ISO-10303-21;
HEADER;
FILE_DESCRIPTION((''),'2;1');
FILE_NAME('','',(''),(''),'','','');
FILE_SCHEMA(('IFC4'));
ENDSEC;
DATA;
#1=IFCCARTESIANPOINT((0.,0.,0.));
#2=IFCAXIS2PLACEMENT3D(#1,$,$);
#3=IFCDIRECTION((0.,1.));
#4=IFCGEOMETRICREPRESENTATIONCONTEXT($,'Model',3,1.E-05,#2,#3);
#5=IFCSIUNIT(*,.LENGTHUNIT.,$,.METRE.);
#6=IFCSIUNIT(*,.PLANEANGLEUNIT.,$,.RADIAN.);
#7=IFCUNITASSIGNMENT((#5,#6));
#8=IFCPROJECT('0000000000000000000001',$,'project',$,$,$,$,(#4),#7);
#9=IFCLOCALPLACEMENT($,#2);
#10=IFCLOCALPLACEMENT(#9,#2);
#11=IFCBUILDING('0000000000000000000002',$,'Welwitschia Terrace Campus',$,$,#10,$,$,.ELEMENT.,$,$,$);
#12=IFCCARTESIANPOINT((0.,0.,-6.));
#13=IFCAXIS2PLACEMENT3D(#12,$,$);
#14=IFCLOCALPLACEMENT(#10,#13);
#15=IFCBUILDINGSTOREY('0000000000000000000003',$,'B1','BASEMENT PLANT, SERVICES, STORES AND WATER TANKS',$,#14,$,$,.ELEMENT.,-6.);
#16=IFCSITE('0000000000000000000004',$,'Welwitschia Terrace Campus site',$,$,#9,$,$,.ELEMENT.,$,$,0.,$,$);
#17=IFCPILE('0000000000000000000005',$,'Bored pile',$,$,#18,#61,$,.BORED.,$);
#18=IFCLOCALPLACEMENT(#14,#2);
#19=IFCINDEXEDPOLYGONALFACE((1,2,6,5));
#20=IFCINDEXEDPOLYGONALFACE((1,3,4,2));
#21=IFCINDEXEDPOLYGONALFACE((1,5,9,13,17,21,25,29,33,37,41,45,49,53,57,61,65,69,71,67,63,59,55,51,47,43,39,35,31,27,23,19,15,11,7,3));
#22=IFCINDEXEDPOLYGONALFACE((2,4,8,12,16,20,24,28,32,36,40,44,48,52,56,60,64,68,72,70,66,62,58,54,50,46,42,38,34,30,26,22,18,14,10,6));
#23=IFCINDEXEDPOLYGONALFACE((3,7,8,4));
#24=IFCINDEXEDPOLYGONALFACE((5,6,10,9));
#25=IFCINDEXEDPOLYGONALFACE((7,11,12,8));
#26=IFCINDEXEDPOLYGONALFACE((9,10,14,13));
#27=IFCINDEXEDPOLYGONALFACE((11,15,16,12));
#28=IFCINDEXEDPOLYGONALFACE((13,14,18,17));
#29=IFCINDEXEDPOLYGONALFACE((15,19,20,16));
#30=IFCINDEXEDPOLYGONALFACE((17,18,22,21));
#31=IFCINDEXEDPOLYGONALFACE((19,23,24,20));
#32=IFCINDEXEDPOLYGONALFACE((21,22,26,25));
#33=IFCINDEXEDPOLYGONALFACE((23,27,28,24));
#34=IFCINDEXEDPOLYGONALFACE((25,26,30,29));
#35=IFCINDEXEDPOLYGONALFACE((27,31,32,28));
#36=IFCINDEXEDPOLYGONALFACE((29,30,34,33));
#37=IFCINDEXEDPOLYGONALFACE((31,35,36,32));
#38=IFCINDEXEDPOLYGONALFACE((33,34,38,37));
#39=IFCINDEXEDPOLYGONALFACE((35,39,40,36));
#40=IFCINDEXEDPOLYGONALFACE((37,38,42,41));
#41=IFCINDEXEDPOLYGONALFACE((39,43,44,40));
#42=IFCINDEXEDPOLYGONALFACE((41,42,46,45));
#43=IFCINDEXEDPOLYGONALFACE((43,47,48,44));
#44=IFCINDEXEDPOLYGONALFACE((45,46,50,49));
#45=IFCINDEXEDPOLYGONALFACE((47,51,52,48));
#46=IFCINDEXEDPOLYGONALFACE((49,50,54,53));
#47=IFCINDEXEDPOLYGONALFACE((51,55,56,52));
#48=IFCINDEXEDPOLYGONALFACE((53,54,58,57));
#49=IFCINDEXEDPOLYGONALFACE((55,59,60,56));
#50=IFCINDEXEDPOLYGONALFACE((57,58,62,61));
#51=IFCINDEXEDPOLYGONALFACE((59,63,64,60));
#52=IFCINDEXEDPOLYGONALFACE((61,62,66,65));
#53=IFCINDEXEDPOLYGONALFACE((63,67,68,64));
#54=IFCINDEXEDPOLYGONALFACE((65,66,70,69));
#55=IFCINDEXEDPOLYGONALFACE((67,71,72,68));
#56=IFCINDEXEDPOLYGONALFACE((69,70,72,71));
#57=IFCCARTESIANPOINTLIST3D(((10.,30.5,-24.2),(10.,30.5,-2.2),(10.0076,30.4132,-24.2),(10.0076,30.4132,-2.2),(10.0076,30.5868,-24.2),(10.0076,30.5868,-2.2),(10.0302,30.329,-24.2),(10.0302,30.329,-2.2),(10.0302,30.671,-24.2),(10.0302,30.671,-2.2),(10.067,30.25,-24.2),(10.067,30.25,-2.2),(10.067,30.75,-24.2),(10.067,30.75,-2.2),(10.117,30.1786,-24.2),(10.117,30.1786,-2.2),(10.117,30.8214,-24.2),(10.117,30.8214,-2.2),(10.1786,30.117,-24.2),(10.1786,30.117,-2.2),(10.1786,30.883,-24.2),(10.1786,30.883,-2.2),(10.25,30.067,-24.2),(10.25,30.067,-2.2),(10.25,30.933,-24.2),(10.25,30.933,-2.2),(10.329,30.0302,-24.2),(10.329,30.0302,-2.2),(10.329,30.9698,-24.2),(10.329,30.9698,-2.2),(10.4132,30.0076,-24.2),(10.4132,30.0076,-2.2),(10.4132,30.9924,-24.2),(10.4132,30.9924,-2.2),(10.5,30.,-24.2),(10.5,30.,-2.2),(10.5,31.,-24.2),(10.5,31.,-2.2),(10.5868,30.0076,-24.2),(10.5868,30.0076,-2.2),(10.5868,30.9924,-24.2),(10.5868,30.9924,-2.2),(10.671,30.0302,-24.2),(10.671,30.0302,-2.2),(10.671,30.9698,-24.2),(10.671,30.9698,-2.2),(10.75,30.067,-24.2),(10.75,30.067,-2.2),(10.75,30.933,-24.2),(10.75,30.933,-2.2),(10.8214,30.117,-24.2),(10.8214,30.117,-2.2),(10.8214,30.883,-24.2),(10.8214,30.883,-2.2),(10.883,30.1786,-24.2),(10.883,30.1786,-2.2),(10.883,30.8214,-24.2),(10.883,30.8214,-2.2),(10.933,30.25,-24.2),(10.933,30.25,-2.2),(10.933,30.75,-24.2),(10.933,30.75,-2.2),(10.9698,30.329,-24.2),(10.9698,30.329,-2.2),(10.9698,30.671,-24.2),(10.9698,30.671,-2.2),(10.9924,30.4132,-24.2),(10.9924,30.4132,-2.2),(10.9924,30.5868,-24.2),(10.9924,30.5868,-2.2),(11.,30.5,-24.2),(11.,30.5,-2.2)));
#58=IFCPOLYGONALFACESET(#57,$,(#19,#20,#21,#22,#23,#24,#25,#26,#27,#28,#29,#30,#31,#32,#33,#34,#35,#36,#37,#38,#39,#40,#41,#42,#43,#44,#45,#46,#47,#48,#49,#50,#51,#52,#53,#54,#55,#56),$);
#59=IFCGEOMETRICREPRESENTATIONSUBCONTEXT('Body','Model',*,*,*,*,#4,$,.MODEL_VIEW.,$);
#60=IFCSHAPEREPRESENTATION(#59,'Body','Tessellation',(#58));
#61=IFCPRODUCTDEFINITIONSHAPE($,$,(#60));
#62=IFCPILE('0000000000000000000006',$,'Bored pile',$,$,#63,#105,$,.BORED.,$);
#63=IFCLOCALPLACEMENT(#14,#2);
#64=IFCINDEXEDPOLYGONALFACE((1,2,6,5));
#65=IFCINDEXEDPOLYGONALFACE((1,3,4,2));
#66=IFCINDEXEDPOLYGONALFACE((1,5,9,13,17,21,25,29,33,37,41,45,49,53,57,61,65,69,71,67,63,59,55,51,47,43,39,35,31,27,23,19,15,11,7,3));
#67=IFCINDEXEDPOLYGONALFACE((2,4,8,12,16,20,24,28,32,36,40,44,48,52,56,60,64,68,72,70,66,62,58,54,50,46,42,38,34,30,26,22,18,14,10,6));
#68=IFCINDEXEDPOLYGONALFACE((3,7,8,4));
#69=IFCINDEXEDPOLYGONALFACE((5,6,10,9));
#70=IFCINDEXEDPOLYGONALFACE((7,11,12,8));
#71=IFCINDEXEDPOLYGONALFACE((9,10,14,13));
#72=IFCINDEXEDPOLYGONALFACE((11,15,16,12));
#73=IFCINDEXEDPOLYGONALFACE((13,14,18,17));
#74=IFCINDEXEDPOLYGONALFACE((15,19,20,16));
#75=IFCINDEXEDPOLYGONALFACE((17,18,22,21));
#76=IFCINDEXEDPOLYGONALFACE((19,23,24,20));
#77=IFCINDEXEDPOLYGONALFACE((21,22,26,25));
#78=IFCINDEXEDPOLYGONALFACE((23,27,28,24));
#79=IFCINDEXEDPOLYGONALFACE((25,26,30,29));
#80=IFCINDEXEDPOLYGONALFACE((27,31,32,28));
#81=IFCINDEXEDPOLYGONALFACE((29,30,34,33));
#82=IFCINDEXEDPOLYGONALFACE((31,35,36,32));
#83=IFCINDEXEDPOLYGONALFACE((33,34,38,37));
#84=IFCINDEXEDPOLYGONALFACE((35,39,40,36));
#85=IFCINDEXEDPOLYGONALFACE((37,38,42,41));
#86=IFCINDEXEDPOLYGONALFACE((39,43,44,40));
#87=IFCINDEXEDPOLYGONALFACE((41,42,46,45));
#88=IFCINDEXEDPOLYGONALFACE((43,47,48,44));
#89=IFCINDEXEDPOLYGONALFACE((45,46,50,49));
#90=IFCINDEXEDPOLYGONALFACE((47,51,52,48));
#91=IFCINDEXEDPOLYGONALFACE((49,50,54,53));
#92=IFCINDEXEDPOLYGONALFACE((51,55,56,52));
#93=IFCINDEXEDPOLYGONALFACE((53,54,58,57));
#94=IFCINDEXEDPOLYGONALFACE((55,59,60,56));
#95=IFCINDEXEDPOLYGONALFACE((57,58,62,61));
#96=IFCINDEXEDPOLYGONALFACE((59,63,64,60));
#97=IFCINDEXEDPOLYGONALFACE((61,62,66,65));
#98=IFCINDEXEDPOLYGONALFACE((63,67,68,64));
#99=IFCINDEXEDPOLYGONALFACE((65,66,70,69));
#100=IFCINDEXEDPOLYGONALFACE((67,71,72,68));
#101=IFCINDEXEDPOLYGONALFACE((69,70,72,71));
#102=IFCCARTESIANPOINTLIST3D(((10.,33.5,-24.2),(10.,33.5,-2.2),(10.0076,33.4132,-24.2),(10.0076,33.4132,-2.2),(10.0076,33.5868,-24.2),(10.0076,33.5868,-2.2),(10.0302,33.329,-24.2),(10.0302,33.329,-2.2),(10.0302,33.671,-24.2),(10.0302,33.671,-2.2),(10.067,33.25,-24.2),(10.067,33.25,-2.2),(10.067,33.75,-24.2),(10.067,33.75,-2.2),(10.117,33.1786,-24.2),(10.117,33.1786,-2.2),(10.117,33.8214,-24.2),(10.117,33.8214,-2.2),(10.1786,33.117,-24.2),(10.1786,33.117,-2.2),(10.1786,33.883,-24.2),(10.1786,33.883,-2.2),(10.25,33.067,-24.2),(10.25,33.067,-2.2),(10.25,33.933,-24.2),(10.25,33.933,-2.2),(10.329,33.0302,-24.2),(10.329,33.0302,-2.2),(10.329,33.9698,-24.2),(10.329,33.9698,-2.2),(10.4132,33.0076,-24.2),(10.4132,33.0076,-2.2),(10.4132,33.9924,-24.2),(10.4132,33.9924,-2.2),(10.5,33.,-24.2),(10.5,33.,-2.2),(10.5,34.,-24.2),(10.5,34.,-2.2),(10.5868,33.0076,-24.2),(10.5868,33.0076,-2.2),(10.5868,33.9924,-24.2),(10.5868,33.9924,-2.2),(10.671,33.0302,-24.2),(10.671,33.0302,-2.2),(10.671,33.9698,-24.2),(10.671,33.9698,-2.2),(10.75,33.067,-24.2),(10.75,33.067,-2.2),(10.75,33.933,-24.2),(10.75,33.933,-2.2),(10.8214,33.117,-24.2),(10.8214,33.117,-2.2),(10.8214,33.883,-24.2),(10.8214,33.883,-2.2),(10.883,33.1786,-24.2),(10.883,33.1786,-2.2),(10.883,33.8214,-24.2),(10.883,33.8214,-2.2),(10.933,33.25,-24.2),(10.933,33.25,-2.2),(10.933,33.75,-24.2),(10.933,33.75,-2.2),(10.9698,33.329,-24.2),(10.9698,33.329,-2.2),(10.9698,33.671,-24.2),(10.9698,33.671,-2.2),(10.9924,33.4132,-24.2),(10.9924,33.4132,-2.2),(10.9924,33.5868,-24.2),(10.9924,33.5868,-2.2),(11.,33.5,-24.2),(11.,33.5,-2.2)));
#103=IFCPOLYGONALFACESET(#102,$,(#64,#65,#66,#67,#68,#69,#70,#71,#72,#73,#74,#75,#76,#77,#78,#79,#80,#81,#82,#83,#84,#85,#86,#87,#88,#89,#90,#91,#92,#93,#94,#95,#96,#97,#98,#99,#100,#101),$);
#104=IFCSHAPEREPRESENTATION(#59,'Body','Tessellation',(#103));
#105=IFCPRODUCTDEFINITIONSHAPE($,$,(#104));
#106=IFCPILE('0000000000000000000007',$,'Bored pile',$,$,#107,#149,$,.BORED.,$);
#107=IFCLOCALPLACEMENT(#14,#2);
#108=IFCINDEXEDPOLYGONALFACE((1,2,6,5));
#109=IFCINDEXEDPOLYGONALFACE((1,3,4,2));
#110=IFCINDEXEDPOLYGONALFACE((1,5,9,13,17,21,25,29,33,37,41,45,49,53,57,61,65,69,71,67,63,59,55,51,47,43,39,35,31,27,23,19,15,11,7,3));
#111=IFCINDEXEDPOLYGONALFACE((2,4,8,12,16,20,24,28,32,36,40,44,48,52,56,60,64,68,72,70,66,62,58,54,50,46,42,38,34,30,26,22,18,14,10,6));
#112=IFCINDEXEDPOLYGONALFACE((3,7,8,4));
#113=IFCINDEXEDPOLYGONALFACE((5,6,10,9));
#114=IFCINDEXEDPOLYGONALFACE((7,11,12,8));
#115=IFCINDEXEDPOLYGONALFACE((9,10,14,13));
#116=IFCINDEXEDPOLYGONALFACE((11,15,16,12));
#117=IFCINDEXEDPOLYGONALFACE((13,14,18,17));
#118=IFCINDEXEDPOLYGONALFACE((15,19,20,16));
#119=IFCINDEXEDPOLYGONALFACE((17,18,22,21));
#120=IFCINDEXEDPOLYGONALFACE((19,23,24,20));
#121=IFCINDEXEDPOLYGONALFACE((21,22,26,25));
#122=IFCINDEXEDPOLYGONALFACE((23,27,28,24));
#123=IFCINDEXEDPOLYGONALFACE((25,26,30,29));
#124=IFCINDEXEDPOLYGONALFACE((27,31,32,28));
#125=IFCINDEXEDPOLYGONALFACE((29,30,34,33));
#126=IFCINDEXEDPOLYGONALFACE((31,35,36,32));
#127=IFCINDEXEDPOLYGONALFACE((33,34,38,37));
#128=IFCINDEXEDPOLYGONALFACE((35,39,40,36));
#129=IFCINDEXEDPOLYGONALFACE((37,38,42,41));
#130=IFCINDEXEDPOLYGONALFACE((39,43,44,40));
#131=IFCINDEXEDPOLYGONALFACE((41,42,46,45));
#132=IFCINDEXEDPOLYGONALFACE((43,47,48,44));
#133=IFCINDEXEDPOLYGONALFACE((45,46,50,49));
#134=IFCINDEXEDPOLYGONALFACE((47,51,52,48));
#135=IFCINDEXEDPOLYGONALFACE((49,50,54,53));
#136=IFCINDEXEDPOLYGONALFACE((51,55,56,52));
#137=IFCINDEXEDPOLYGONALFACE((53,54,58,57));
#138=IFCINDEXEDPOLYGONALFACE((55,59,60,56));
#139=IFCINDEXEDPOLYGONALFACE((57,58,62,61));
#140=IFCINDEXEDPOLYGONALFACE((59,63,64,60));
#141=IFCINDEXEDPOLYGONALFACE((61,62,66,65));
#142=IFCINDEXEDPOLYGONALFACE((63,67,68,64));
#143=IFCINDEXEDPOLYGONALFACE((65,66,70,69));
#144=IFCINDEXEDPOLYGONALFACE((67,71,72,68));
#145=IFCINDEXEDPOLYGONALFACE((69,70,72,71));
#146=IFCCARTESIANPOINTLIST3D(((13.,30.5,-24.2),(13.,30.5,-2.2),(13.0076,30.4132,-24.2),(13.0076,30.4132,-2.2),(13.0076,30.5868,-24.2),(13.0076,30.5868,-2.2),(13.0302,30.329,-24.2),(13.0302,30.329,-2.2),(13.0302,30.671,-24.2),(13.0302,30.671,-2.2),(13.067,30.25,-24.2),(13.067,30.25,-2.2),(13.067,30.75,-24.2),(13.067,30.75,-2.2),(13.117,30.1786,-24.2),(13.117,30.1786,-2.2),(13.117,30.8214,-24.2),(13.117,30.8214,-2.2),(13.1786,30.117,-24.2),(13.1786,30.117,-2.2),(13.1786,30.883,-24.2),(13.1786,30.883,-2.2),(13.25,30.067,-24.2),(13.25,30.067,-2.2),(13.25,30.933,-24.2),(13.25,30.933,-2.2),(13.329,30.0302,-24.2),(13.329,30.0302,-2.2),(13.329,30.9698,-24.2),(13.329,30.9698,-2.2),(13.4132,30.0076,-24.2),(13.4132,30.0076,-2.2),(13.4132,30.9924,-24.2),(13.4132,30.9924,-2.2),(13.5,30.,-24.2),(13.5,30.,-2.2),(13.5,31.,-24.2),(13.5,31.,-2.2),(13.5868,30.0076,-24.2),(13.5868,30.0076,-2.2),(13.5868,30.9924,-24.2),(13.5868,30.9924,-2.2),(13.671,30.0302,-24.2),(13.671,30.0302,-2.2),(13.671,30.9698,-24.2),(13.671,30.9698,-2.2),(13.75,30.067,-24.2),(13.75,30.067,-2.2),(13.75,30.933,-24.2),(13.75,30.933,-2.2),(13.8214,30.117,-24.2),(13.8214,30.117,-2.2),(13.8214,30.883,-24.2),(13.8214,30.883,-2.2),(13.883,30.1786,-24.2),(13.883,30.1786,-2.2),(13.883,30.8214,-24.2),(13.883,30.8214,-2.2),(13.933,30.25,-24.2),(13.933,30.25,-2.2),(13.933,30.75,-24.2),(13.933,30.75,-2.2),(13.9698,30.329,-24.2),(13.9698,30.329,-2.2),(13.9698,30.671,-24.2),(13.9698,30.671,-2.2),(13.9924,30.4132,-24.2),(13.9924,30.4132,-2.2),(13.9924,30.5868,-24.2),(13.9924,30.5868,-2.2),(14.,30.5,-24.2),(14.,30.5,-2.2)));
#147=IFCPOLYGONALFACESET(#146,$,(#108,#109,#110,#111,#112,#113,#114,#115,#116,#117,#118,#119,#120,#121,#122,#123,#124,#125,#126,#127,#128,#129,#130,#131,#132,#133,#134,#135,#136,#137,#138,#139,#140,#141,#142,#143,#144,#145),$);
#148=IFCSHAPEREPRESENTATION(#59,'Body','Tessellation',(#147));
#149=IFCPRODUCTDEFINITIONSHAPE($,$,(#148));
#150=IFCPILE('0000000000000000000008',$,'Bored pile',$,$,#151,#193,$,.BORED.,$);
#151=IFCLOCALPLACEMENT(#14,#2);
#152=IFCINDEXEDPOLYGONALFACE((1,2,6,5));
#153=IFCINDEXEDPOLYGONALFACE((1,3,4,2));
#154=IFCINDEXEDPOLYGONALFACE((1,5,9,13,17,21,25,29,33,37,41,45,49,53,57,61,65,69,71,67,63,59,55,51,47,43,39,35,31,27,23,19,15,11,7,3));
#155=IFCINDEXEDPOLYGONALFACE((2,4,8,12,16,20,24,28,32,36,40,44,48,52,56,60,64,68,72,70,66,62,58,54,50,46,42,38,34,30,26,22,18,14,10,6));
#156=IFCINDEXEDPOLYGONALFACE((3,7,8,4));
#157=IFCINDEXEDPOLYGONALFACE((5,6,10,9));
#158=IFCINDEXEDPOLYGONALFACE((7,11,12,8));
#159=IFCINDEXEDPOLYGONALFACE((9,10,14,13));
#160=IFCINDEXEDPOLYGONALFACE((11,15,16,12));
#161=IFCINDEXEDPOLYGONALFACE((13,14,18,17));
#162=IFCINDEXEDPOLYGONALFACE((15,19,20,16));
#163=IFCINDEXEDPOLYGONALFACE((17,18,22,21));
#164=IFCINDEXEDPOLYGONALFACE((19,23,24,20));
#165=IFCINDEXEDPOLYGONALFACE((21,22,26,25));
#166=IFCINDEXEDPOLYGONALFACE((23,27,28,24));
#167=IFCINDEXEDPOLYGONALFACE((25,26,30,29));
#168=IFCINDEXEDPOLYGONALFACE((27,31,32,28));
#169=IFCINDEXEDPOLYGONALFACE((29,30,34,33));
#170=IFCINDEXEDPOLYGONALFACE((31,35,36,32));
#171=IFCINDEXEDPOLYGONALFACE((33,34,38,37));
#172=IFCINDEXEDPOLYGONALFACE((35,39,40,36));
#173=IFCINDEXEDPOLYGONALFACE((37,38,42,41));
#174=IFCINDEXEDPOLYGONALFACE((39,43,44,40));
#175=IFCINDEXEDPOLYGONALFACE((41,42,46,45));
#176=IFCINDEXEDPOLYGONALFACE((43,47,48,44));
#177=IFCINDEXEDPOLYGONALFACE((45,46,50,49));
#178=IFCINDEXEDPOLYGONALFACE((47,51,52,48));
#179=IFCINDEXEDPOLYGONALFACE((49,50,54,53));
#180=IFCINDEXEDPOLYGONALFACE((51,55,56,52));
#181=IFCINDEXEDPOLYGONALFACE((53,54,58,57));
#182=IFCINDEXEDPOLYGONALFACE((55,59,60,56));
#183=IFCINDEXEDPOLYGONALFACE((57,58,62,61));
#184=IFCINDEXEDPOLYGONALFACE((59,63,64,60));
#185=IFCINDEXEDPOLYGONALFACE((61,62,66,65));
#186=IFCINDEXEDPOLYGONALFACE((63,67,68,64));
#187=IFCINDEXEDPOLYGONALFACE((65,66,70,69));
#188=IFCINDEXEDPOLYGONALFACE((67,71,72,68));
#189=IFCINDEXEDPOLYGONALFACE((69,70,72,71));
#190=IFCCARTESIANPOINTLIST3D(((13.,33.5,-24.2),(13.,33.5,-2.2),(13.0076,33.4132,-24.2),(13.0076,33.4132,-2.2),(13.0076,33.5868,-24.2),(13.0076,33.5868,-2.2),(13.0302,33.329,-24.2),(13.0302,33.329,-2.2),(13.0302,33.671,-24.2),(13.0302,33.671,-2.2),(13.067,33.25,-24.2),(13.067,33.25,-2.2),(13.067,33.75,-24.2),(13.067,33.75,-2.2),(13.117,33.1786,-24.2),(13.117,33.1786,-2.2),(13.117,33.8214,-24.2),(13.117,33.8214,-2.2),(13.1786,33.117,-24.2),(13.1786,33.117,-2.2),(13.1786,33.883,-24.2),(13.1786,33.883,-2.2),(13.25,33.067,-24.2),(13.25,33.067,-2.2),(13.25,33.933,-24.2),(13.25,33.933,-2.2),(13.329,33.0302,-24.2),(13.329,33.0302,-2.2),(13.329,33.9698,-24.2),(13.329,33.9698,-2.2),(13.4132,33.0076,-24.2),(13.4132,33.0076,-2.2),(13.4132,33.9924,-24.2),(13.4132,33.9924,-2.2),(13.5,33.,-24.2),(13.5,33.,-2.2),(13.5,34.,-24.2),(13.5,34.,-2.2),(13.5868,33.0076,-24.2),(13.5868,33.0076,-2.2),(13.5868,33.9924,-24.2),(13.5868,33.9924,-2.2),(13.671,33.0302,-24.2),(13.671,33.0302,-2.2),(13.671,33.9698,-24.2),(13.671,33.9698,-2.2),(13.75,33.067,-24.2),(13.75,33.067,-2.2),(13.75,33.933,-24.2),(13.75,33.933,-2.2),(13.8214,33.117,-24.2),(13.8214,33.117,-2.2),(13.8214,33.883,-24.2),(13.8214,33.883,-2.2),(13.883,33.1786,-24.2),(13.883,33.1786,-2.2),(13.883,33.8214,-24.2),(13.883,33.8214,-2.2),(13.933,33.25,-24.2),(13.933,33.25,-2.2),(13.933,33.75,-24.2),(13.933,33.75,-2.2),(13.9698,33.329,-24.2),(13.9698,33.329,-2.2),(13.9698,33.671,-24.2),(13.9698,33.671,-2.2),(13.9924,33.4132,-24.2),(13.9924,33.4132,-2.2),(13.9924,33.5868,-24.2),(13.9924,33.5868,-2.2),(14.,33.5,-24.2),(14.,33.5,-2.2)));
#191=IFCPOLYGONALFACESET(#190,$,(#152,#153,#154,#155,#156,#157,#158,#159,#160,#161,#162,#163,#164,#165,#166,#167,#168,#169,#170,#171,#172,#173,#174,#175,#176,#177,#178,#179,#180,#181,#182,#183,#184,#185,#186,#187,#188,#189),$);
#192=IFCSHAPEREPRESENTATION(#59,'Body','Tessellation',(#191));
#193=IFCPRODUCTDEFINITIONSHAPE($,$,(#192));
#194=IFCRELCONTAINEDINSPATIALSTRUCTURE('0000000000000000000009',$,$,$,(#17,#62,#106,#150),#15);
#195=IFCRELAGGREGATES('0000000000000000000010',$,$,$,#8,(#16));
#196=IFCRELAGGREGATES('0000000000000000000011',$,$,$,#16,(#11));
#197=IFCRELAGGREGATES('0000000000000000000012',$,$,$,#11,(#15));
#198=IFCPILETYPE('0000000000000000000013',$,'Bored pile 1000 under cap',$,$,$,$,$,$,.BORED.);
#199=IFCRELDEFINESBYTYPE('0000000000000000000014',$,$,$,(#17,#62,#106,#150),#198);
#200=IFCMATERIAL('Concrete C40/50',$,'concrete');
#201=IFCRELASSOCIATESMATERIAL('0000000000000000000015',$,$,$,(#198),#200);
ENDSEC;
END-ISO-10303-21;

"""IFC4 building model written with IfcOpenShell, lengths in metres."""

from ifc_helpers import new_model, si_unit, direction, frame, origin, origin_2d, place, context, subcontext, project, spatial, circle, extrude, material, type_object, element, save


model = new_model("IFC4")

# Units and contexts
model_context = context("Model", 3, precision=1e-05, world=origin(), true_north=direction((0.0, 1.0)))
body_context = subcontext(model_context, "Body", "Model", "MODEL_VIEW")
ifc_project = project(units=[si_unit("LENGTHUNIT", "METRE"), si_unit("PLANEANGLEUNIT", "RADIAN")], contexts=[model_context])

# Site, building, storey
site_placement = place(None, origin())
site = spatial("IfcSite", under=ifc_project, at=site_placement, Name="Welwitschia Terrace Campus site", CompositionType="ELEMENT", RefElevation=0.0)
building_placement = place(site_placement, origin())
building = spatial("IfcBuilding", under=site, at=building_placement, Name="Welwitschia Terrace Campus", CompositionType="ELEMENT")
storey_placement = place(building_placement, frame((0.0, 0.0, -6.0)))
storey = spatial("IfcBuildingStorey", under=building, at=storey_placement, Name="B1", Description="BASEMENT PLANT, SERVICES, STORES AND WATER TANKS", CompositionType="ELEMENT", Elevation=-6.0)

# Piles
ifc_material_1 = material(Name="Concrete C40/50", Category="concrete")
pile_type = type_object("IfcPileType", Name="Bored pile 1000 under cap", PredefinedType="BORED", material=ifc_material_1)
for number, where, z_axis, x_axis, name in (
    (1, (10.5, 30.5, -2.2), (0.0, 0.0, -1.0), (1.0, 0.0, 0.0), "Bored pile"),
    (2, (10.5, 33.5, -2.2), (0.0, 0.0, -1.0), (1.0, 0.0, 0.0), "Bored pile"),
    (3, (13.5, 30.5, -2.2), (0.0, 0.0, -1.0), (1.0, 0.0, 0.0), "Bored pile"),
    (4, (13.5, 33.5, -2.2), (0.0, 0.0, -1.0), (1.0, 0.0, 0.0), "Bored pile"),
):
    element("IfcPile", number, at=place(storey_placement, frame(where, z_axis=z_axis, x_axis=x_axis)), inside=storey, type_object=pile_type, Name=name, PredefinedType="BORED", context=body_context, shape_type="SweptSolid", body=[
        extrude(circle(Radius=0.5, at=origin_2d()), origin(), (0.0, 0.0, 1.0), 22.0),
    ])

save(model, "model.ifc")
